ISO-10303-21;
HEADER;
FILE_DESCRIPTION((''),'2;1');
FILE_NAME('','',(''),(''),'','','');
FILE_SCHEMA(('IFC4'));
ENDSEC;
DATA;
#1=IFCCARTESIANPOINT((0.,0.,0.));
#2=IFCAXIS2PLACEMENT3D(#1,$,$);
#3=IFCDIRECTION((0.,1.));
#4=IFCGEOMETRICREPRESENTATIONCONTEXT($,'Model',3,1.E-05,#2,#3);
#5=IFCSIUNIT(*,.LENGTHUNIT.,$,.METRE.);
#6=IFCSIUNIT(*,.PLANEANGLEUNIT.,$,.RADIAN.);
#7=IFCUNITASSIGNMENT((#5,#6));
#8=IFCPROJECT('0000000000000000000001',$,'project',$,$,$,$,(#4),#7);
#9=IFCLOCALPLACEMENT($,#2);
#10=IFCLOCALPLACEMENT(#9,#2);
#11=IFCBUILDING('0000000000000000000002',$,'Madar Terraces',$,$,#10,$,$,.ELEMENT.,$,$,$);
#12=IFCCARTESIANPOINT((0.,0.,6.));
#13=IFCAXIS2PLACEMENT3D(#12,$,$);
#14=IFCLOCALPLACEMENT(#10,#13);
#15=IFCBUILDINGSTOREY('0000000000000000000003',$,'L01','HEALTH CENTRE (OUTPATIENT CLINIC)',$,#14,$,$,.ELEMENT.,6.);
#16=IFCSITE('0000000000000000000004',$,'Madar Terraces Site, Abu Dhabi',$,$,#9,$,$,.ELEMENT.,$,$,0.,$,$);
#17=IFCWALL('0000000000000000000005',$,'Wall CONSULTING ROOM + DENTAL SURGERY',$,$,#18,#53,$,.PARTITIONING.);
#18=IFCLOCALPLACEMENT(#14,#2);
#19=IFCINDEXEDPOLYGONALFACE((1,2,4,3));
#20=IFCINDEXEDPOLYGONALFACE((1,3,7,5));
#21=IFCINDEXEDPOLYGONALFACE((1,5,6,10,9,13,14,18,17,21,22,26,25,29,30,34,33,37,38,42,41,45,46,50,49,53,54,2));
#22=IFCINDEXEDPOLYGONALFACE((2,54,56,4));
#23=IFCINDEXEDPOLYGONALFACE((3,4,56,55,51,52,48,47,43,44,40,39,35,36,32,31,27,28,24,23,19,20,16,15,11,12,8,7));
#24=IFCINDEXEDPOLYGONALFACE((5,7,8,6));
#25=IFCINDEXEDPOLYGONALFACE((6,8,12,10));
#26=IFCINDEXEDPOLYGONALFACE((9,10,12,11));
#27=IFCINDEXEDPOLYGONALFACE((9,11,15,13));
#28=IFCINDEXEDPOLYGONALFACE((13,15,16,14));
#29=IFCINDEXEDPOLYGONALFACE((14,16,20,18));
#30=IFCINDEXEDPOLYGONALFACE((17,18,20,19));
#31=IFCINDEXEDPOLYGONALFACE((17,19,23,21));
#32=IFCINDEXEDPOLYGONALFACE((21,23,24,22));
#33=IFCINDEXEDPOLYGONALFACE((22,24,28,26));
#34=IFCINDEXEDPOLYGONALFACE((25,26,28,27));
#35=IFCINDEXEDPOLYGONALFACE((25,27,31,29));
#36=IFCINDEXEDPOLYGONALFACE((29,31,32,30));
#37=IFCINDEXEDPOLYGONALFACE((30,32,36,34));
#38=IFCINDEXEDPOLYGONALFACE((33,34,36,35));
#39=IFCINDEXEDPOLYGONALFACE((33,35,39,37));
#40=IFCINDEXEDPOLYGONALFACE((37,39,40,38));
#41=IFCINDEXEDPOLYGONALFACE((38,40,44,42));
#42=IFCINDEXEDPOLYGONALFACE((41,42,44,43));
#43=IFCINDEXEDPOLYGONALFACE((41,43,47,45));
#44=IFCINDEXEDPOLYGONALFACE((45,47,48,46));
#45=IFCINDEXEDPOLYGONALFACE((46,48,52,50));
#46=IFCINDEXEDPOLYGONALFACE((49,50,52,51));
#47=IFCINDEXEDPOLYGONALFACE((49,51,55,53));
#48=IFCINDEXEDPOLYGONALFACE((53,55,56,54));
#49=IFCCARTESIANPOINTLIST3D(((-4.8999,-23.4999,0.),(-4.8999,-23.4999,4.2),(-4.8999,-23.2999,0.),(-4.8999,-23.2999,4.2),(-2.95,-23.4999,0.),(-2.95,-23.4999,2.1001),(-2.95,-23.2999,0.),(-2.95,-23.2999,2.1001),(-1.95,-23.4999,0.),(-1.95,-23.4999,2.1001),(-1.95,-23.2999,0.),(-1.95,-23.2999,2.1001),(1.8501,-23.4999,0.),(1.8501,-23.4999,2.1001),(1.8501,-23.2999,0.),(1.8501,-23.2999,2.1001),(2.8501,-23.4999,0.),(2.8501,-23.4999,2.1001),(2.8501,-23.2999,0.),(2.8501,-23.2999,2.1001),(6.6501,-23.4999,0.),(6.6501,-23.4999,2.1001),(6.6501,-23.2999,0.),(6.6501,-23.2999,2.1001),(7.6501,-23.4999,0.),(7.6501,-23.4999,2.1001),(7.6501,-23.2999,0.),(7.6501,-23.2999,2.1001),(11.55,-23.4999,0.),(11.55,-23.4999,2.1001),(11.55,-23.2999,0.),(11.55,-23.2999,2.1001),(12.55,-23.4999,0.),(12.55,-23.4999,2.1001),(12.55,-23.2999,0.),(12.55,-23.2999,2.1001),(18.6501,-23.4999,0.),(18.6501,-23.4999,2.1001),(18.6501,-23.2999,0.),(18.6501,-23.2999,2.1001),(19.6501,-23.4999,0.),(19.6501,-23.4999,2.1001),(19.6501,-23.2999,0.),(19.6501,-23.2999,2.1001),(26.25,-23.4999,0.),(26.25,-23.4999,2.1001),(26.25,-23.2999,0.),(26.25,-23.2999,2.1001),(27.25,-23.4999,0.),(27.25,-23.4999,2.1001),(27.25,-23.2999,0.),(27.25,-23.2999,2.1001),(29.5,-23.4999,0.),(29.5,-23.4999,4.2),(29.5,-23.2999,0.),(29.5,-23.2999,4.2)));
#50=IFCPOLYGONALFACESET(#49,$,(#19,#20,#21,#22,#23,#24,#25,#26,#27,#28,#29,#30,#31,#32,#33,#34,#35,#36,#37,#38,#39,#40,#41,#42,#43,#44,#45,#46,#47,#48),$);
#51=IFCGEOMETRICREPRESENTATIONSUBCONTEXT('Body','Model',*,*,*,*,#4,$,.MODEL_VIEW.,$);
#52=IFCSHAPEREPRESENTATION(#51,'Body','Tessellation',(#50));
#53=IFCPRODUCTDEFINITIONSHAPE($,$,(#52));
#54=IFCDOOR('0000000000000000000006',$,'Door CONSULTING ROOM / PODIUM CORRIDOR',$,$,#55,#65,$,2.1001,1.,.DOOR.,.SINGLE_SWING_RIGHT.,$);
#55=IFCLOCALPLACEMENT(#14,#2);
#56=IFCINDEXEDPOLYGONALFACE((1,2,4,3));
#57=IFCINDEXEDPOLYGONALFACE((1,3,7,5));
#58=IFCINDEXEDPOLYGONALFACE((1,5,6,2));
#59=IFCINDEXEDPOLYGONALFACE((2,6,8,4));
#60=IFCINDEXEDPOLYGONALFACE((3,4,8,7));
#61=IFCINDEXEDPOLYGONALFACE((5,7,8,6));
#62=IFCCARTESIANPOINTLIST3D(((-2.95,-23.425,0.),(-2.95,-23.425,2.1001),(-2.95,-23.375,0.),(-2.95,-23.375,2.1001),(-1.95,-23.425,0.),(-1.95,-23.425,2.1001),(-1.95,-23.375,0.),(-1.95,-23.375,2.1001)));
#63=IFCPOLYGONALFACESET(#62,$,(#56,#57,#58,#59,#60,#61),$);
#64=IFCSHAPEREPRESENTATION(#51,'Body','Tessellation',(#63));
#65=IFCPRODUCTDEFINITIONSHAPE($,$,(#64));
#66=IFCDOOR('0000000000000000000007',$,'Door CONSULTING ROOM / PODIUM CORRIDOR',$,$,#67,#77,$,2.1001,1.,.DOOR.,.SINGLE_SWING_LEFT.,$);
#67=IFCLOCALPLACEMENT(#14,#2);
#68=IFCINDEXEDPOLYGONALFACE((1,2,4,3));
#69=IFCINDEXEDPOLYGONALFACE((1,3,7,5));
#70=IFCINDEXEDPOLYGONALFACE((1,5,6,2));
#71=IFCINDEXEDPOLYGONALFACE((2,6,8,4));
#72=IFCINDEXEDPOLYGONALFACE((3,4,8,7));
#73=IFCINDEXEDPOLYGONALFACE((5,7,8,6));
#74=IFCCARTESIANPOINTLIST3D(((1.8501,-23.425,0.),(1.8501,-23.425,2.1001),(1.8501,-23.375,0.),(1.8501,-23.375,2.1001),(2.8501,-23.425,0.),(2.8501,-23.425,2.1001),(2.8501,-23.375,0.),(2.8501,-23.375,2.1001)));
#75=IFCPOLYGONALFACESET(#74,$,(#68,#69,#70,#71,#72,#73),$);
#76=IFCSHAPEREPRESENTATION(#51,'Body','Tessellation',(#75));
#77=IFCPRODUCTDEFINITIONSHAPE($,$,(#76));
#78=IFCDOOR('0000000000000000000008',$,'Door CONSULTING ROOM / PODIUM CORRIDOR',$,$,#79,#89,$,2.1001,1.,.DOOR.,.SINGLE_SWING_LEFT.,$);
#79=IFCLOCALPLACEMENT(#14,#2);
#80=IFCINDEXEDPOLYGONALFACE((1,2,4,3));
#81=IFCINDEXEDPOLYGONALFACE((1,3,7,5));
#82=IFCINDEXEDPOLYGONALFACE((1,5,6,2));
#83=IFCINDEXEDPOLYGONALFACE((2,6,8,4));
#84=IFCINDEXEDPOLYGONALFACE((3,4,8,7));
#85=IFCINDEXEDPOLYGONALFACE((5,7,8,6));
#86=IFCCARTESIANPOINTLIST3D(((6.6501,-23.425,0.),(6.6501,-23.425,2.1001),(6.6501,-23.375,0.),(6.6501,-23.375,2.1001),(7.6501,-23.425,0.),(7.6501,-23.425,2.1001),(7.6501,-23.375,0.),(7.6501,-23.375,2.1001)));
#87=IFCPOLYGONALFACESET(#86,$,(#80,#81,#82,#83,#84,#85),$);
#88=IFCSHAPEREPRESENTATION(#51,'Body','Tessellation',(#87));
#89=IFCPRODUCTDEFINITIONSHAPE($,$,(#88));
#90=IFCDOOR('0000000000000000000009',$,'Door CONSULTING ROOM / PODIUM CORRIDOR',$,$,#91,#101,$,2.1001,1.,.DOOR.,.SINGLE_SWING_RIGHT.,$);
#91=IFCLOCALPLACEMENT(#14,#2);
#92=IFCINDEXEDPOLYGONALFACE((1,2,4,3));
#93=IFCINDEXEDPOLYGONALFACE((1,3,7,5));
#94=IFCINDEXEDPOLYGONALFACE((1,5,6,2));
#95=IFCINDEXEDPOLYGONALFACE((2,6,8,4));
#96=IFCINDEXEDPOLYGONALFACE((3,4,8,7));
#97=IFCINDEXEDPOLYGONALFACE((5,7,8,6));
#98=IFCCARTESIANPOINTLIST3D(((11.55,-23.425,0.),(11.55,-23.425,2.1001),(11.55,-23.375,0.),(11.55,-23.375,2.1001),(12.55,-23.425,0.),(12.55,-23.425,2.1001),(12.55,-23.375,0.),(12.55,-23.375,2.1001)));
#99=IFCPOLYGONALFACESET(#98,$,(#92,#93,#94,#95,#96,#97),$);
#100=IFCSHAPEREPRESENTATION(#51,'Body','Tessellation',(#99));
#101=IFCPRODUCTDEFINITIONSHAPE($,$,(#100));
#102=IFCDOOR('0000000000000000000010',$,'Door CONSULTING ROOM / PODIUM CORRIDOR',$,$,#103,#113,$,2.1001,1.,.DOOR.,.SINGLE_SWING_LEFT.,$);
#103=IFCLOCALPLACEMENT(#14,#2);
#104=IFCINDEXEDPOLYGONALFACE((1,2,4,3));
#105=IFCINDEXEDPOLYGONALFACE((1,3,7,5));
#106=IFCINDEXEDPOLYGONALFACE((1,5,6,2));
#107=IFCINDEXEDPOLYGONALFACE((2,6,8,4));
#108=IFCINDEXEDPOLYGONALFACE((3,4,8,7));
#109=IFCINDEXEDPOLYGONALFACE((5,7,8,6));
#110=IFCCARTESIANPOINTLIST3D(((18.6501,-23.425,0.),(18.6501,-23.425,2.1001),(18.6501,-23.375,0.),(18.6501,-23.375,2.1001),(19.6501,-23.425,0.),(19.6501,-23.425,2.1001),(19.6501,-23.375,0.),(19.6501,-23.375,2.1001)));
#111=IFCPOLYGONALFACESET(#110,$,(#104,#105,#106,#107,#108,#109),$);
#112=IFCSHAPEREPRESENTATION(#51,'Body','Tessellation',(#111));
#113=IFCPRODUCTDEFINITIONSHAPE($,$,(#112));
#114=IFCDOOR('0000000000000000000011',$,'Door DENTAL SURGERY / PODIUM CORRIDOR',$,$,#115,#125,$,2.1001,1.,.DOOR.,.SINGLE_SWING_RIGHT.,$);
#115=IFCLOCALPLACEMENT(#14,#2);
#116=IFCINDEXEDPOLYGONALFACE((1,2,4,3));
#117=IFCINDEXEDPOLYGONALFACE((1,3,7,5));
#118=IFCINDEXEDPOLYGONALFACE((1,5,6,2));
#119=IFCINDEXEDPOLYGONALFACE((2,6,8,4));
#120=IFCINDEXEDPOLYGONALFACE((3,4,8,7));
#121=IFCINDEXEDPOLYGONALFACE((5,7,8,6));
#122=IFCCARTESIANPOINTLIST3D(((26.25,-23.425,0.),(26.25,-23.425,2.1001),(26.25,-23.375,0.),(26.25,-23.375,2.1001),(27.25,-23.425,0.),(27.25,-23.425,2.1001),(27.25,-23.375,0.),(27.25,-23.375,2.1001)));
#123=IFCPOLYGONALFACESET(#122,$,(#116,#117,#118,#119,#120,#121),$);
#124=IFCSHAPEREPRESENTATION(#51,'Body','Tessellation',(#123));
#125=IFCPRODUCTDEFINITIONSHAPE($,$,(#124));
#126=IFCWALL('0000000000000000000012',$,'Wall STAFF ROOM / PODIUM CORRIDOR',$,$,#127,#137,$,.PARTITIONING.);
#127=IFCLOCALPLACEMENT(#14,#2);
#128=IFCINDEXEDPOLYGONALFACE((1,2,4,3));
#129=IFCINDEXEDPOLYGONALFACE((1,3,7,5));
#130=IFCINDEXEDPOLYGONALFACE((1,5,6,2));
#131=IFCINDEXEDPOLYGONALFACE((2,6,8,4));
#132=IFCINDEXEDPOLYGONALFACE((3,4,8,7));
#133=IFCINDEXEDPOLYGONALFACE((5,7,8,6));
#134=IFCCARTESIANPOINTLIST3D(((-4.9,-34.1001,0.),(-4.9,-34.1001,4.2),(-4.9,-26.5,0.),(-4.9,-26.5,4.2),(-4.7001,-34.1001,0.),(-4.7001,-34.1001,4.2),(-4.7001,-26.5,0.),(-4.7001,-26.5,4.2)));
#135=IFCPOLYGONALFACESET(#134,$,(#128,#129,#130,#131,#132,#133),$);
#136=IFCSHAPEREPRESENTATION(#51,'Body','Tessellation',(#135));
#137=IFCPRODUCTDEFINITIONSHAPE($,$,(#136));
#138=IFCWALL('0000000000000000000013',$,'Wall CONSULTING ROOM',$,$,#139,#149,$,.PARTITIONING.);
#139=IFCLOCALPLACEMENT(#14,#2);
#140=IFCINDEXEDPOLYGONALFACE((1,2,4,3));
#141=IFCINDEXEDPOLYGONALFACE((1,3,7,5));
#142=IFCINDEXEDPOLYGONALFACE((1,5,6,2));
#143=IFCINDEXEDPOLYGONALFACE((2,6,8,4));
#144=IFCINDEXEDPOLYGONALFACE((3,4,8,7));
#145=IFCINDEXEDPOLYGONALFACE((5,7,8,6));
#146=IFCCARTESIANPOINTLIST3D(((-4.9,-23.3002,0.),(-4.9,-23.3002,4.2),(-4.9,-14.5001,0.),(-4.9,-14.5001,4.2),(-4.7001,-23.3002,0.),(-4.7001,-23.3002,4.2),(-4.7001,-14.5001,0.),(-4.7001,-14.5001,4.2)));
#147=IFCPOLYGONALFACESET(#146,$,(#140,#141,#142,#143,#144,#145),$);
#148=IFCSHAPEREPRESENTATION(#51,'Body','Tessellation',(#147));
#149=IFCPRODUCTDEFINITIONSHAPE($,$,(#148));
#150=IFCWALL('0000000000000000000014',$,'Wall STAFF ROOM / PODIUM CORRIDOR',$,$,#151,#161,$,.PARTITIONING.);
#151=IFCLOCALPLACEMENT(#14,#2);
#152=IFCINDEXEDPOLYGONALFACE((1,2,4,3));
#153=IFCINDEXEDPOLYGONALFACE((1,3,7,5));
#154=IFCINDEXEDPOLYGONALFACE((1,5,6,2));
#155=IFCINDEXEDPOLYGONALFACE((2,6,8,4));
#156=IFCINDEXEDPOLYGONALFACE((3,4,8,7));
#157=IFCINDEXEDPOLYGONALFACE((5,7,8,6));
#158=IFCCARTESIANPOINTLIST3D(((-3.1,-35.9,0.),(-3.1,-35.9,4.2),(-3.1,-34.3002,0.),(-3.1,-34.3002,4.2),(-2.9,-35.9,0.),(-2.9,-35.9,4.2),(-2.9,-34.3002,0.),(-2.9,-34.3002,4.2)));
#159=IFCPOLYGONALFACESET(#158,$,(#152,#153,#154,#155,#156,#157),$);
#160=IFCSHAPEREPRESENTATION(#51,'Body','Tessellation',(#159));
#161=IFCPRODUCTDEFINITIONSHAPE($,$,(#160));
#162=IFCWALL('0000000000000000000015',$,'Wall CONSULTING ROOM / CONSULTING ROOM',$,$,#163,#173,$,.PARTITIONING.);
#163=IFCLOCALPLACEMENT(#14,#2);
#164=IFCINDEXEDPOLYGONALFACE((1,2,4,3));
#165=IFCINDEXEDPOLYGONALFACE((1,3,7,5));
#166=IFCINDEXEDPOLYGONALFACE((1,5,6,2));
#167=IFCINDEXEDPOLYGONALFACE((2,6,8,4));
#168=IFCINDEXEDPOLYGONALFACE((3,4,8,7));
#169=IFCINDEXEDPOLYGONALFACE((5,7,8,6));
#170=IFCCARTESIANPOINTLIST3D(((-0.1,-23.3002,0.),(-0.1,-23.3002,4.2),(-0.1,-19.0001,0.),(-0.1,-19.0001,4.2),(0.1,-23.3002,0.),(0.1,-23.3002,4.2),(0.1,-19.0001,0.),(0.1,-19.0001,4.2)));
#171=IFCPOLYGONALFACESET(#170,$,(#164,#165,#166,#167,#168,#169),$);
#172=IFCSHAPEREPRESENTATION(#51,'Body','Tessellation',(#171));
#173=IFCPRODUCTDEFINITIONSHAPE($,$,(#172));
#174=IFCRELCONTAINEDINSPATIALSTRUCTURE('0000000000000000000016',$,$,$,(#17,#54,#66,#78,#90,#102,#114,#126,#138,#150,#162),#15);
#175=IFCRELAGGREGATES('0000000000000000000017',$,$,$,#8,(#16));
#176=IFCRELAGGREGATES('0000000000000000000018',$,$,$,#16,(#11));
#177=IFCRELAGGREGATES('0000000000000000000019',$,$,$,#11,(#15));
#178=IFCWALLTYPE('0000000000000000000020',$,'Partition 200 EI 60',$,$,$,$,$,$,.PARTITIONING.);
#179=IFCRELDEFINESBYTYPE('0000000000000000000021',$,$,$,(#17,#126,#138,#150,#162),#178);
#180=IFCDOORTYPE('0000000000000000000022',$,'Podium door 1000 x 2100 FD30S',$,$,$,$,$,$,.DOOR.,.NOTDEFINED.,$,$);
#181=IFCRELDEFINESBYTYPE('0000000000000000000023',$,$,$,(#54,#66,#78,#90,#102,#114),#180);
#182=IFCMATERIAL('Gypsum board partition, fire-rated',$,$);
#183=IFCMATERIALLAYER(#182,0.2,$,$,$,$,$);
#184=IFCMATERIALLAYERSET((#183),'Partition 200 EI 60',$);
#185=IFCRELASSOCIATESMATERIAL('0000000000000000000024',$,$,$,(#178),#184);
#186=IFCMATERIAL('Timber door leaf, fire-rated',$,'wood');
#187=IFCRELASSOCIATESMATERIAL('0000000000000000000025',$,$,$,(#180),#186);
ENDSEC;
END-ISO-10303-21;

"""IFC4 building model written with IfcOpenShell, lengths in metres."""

from ifc_helpers import new_model, si_unit, direction, frame, frame_2d, origin, place, context, subcontext, project, spatial, rectangle, extrude, material, layer, layer_set, type_object, element, fill, save


model = new_model("IFC4")

# Units and contexts
model_context = context("Model", 3, precision=1e-05, world=origin(), true_north=direction((0.0, 1.0)))
body_context = subcontext(model_context, "Body", "Model", "MODEL_VIEW")
ifc_project = project(units=[si_unit("LENGTHUNIT", "METRE"), si_unit("PLANEANGLEUNIT", "RADIAN")], contexts=[model_context])

# Site, building, storey
site_placement = place(None, origin())
site = spatial("IfcSite", under=ifc_project, at=site_placement, Name="Madar Terraces Site, Abu Dhabi", CompositionType="ELEMENT", RefElevation=0.0)
building_placement = place(site_placement, origin())
building = spatial("IfcBuilding", under=site, at=building_placement, Name="Madar Terraces", CompositionType="ELEMENT")
storey_placement = place(building_placement, frame((0.0, 0.0, 6.0)))
storey = spatial("IfcBuildingStorey", under=building, at=storey_placement, Name="L01", Description="HEALTH CENTRE (OUTPATIENT CLINIC)", CompositionType="ELEMENT", Elevation=6.0)

# Shared definitions
ifc_material_1 = material(Name="Gypsum board partition, fire-rated")
ifc_layer_1 = layer(ifc_material_1, 0.2)
ifc_layer_set_1 = layer_set([ifc_layer_1], Name="Partition 200 EI 60")
wall_type = type_object("IfcWallType", Name="Partition 200 EI 60", PredefinedType="PARTITIONING", material=ifc_layer_set_1)

# Wall, openings, doors
wall_1_placement = place(storey_placement, frame((-4.8999, -23.3999, 0.0), z_axis=(0.0, 0.0, 1.0), x_axis=(1.0, 0.0, 0.0)))
wall_1 = element("IfcWall", 1, at=wall_1_placement, inside=storey, type_object=wall_type, Name="Wall CONSULTING ROOM + DENTAL SURGERY", PredefinedType="PARTITIONING", context=body_context, shape_type="SweptSolid", body=[
    extrude(rectangle(XDim=34.3999, YDim=0.2, at=frame_2d((17.2, 0.0))), origin(), (0.0, 0.0, 1.0), 4.2),
])
opening_1_placement = place(wall_1_placement, frame((1.95, 0.0, 0.0)))
opening_1 = element("IfcOpeningElement", 2, at=opening_1_placement, cuts=wall_1, PredefinedType="OPENING", context=body_context, shape_type="SweptSolid", body=[
    extrude(rectangle(XDim=1.0, YDim=2.1001, at=frame_2d((0.5, 1.05))), frame((0.0, 0.1099, 0.0), z_axis=(0.0, -1.0, 0.0), x_axis=(1.0, 0.0, 0.0)), (0.0, 0.0, 1.0), 0.22),
])
opening_2_placement = place(wall_1_placement, frame((6.75, 0.0, 0.0)))
opening_2 = element("IfcOpeningElement", 3, at=opening_2_placement, cuts=wall_1, PredefinedType="OPENING", context=body_context, shape_type="SweptSolid", body=[
    extrude(rectangle(XDim=1.0, YDim=2.1001, at=frame_2d((0.5, 1.05))), frame((0.0, 0.1099, 0.0), z_axis=(0.0, -1.0, 0.0), x_axis=(1.0, 0.0, 0.0)), (0.0, 0.0, 1.0), 0.22),
])
opening_3_placement = place(wall_1_placement, frame((11.55, 0.0, 0.0)))
opening_3 = element("IfcOpeningElement", 4, at=opening_3_placement, cuts=wall_1, PredefinedType="OPENING", context=body_context, shape_type="SweptSolid", body=[
    extrude(rectangle(XDim=1.0, YDim=2.1001, at=frame_2d((0.5, 1.05))), frame((0.0, 0.1099, 0.0), z_axis=(0.0, -1.0, 0.0), x_axis=(1.0, 0.0, 0.0)), (0.0, 0.0, 1.0), 0.22),
])
opening_4_placement = place(wall_1_placement, frame((16.45, 0.0, 0.0)))
opening_4 = element("IfcOpeningElement", 5, at=opening_4_placement, cuts=wall_1, PredefinedType="OPENING", context=body_context, shape_type="SweptSolid", body=[
    extrude(rectangle(XDim=1.0, YDim=2.1001, at=frame_2d((0.5, 1.05))), frame((0.0, 0.1099, 0.0), z_axis=(0.0, -1.0, 0.0), x_axis=(1.0, 0.0, 0.0)), (0.0, 0.0, 1.0), 0.22),
])
opening_5_placement = place(wall_1_placement, frame((23.55, 0.0, 0.0)))
opening_5 = element("IfcOpeningElement", 6, at=opening_5_placement, cuts=wall_1, PredefinedType="OPENING", context=body_context, shape_type="SweptSolid", body=[
    extrude(rectangle(XDim=1.0, YDim=2.1001, at=frame_2d((0.5, 1.05))), frame((0.0, 0.1099, 0.0), z_axis=(0.0, -1.0, 0.0), x_axis=(1.0, 0.0, 0.0)), (0.0, 0.0, 1.0), 0.22),
])
opening_6_placement = place(wall_1_placement, frame((31.1499, 0.0, 0.0)))
opening_6 = element("IfcOpeningElement", 7, at=opening_6_placement, cuts=wall_1, PredefinedType="OPENING", context=body_context, shape_type="SweptSolid", body=[
    extrude(rectangle(XDim=1.0, YDim=2.1001, at=frame_2d((0.5, 1.05))), frame((0.0, 0.1099, 0.0), z_axis=(0.0, -1.0, 0.0), x_axis=(1.0, 0.0, 0.0)), (0.0, 0.0, 1.0), 0.22),
])
ifc_material_2 = material(Name="Timber door leaf, fire-rated", Category="wood")
door_type = type_object("IfcDoorType", Name="Podium door 1000 x 2100 FD30S", OperationType="NOTDEFINED", PredefinedType="DOOR", material=ifc_material_2)
door_1_placement = place(opening_1_placement, origin())
door_1 = element("IfcDoor", 8, at=door_1_placement, inside=storey, type_object=door_type, Name="Door CONSULTING ROOM / PODIUM CORRIDOR", OperationType="SINGLE_SWING_RIGHT", OverallHeight=2.1001, OverallWidth=1.0, PredefinedType="DOOR", context=body_context, shape_type="SweptSolid", body=[
    extrude(rectangle(XDim=1.0, YDim=2.1001, at=frame_2d((0.5, 1.05))), frame((0.0, 0.0249, 0.0), z_axis=(0.0, -1.0, 0.0), x_axis=(1.0, 0.0, 0.0)), (0.0, 0.0, 1.0), 0.05),
])
fill(opening_1, door_1)
door_2_placement = place(opening_2_placement, origin())
door_2 = element("IfcDoor", 9, at=door_2_placement, inside=storey, type_object=door_type, Name="Door CONSULTING ROOM / PODIUM CORRIDOR", OperationType="SINGLE_SWING_LEFT", OverallHeight=2.1001, OverallWidth=1.0, PredefinedType="DOOR", context=body_context, shape_type="SweptSolid", body=[
    extrude(rectangle(XDim=1.0, YDim=2.1001, at=frame_2d((0.5, 1.05))), frame((0.0, 0.0249, 0.0), z_axis=(0.0, -1.0, 0.0), x_axis=(1.0, 0.0, 0.0)), (0.0, 0.0, 1.0), 0.05),
])
fill(opening_2, door_2)
door_3_placement = place(opening_3_placement, origin())
door_3 = element("IfcDoor", 10, at=door_3_placement, inside=storey, type_object=door_type, Name="Door CONSULTING ROOM / PODIUM CORRIDOR", OperationType="SINGLE_SWING_LEFT", OverallHeight=2.1001, OverallWidth=1.0, PredefinedType="DOOR", context=body_context, shape_type="SweptSolid", body=[
    extrude(rectangle(XDim=1.0, YDim=2.1001, at=frame_2d((0.5, 1.05))), frame((0.0, 0.0249, 0.0), z_axis=(0.0, -1.0, 0.0), x_axis=(1.0, 0.0, 0.0)), (0.0, 0.0, 1.0), 0.05),
])
fill(opening_3, door_3)
door_4_placement = place(opening_4_placement, origin())
door_4 = element("IfcDoor", 11, at=door_4_placement, inside=storey, type_object=door_type, Name="Door CONSULTING ROOM / PODIUM CORRIDOR", OperationType="SINGLE_SWING_RIGHT", OverallHeight=2.1001, OverallWidth=1.0, PredefinedType="DOOR", context=body_context, shape_type="SweptSolid", body=[
    extrude(rectangle(XDim=1.0, YDim=2.1001, at=frame_2d((0.5, 1.05))), frame((0.0, 0.0249, 0.0), z_axis=(0.0, -1.0, 0.0), x_axis=(1.0, 0.0, 0.0)), (0.0, 0.0, 1.0), 0.05),
])
fill(opening_4, door_4)
door_5_placement = place(opening_5_placement, origin())
door_5 = element("IfcDoor", 12, at=door_5_placement, inside=storey, type_object=door_type, Name="Door CONSULTING ROOM / PODIUM CORRIDOR", OperationType="SINGLE_SWING_LEFT", OverallHeight=2.1001, OverallWidth=1.0, PredefinedType="DOOR", context=body_context, shape_type="SweptSolid", body=[
    extrude(rectangle(XDim=1.0, YDim=2.1001, at=frame_2d((0.5, 1.05))), frame((0.0, 0.0249, 0.0), z_axis=(0.0, -1.0, 0.0), x_axis=(1.0, 0.0, 0.0)), (0.0, 0.0, 1.0), 0.05),
])
fill(opening_5, door_5)
door_6_placement = place(opening_6_placement, origin())
door_6 = element("IfcDoor", 13, at=door_6_placement, inside=storey, type_object=door_type, Name="Door DENTAL SURGERY / PODIUM CORRIDOR", OperationType="SINGLE_SWING_RIGHT", OverallHeight=2.1001, OverallWidth=1.0, PredefinedType="DOOR", context=body_context, shape_type="SweptSolid", body=[
    extrude(rectangle(XDim=1.0, YDim=2.1001, at=frame_2d((0.5, 1.05))), frame((0.0, 0.0249, 0.0), z_axis=(0.0, -1.0, 0.0), x_axis=(1.0, 0.0, 0.0)), (0.0, 0.0, 1.0), 0.05),
])
fill(opening_6, door_6)

# Walls
wall_2_placement = place(storey_placement, frame((-4.8, -34.1001, 0.0), z_axis=(0.0, 0.0, 1.0), x_axis=(0.0, 1.0, 0.0)))
element("IfcWall", 14, at=wall_2_placement, inside=storey, type_object=wall_type, Name="Wall STAFF ROOM / PODIUM CORRIDOR", PredefinedType="PARTITIONING", context=body_context, shape_type="SweptSolid", body=[
    extrude(rectangle(XDim=7.6001, YDim=0.2, at=frame_2d((3.8, 0.0))), origin(), (0.0, 0.0, 1.0), 4.2),
])
wall_3_placement = place(storey_placement, frame((-4.8, -23.3, 0.0), z_axis=(0.0, 0.0, 1.0), x_axis=(0.0, 1.0, 0.0)))
element("IfcWall", 15, at=wall_3_placement, inside=storey, type_object=wall_type, Name="Wall CONSULTING ROOM", PredefinedType="PARTITIONING", context=body_context, shape_type="SweptSolid", body=[
    extrude(rectangle(XDim=8.8, YDim=0.2, at=frame_2d((4.3999, 0.0))), origin(), (0.0, 0.0, 1.0), 4.2),
])
wall_4_placement = place(storey_placement, frame((-3.0, -35.8999, 0.0), z_axis=(0.0, 0.0, 1.0), x_axis=(0.0, 1.0, 0.0)))
element("IfcWall", 16, at=wall_4_placement, inside=storey, type_object=wall_type, Name="Wall STAFF ROOM / PODIUM CORRIDOR", PredefinedType="PARTITIONING", context=body_context, shape_type="SweptSolid", body=[
    extrude(rectangle(XDim=1.5999, YDim=0.2, at=frame_2d((0.7998, 0.0))), origin(), (0.0, 0.0, 1.0), 4.2),
])
wall_5_placement = place(storey_placement, frame((0.0, -23.3, 0.0), z_axis=(0.0, 0.0, 1.0), x_axis=(0.0, 1.0, 0.0)))
element("IfcWall", 17, at=wall_5_placement, inside=storey, type_object=wall_type, Name="Wall CONSULTING ROOM / CONSULTING ROOM", PredefinedType="PARTITIONING", context=body_context, shape_type="SweptSolid", body=[
    extrude(rectangle(XDim=4.3, YDim=0.2, at=frame_2d((2.1499, 0.0))), origin(), (0.0, 0.0, 1.0), 4.2),
])

save(model, "model.ifc")
